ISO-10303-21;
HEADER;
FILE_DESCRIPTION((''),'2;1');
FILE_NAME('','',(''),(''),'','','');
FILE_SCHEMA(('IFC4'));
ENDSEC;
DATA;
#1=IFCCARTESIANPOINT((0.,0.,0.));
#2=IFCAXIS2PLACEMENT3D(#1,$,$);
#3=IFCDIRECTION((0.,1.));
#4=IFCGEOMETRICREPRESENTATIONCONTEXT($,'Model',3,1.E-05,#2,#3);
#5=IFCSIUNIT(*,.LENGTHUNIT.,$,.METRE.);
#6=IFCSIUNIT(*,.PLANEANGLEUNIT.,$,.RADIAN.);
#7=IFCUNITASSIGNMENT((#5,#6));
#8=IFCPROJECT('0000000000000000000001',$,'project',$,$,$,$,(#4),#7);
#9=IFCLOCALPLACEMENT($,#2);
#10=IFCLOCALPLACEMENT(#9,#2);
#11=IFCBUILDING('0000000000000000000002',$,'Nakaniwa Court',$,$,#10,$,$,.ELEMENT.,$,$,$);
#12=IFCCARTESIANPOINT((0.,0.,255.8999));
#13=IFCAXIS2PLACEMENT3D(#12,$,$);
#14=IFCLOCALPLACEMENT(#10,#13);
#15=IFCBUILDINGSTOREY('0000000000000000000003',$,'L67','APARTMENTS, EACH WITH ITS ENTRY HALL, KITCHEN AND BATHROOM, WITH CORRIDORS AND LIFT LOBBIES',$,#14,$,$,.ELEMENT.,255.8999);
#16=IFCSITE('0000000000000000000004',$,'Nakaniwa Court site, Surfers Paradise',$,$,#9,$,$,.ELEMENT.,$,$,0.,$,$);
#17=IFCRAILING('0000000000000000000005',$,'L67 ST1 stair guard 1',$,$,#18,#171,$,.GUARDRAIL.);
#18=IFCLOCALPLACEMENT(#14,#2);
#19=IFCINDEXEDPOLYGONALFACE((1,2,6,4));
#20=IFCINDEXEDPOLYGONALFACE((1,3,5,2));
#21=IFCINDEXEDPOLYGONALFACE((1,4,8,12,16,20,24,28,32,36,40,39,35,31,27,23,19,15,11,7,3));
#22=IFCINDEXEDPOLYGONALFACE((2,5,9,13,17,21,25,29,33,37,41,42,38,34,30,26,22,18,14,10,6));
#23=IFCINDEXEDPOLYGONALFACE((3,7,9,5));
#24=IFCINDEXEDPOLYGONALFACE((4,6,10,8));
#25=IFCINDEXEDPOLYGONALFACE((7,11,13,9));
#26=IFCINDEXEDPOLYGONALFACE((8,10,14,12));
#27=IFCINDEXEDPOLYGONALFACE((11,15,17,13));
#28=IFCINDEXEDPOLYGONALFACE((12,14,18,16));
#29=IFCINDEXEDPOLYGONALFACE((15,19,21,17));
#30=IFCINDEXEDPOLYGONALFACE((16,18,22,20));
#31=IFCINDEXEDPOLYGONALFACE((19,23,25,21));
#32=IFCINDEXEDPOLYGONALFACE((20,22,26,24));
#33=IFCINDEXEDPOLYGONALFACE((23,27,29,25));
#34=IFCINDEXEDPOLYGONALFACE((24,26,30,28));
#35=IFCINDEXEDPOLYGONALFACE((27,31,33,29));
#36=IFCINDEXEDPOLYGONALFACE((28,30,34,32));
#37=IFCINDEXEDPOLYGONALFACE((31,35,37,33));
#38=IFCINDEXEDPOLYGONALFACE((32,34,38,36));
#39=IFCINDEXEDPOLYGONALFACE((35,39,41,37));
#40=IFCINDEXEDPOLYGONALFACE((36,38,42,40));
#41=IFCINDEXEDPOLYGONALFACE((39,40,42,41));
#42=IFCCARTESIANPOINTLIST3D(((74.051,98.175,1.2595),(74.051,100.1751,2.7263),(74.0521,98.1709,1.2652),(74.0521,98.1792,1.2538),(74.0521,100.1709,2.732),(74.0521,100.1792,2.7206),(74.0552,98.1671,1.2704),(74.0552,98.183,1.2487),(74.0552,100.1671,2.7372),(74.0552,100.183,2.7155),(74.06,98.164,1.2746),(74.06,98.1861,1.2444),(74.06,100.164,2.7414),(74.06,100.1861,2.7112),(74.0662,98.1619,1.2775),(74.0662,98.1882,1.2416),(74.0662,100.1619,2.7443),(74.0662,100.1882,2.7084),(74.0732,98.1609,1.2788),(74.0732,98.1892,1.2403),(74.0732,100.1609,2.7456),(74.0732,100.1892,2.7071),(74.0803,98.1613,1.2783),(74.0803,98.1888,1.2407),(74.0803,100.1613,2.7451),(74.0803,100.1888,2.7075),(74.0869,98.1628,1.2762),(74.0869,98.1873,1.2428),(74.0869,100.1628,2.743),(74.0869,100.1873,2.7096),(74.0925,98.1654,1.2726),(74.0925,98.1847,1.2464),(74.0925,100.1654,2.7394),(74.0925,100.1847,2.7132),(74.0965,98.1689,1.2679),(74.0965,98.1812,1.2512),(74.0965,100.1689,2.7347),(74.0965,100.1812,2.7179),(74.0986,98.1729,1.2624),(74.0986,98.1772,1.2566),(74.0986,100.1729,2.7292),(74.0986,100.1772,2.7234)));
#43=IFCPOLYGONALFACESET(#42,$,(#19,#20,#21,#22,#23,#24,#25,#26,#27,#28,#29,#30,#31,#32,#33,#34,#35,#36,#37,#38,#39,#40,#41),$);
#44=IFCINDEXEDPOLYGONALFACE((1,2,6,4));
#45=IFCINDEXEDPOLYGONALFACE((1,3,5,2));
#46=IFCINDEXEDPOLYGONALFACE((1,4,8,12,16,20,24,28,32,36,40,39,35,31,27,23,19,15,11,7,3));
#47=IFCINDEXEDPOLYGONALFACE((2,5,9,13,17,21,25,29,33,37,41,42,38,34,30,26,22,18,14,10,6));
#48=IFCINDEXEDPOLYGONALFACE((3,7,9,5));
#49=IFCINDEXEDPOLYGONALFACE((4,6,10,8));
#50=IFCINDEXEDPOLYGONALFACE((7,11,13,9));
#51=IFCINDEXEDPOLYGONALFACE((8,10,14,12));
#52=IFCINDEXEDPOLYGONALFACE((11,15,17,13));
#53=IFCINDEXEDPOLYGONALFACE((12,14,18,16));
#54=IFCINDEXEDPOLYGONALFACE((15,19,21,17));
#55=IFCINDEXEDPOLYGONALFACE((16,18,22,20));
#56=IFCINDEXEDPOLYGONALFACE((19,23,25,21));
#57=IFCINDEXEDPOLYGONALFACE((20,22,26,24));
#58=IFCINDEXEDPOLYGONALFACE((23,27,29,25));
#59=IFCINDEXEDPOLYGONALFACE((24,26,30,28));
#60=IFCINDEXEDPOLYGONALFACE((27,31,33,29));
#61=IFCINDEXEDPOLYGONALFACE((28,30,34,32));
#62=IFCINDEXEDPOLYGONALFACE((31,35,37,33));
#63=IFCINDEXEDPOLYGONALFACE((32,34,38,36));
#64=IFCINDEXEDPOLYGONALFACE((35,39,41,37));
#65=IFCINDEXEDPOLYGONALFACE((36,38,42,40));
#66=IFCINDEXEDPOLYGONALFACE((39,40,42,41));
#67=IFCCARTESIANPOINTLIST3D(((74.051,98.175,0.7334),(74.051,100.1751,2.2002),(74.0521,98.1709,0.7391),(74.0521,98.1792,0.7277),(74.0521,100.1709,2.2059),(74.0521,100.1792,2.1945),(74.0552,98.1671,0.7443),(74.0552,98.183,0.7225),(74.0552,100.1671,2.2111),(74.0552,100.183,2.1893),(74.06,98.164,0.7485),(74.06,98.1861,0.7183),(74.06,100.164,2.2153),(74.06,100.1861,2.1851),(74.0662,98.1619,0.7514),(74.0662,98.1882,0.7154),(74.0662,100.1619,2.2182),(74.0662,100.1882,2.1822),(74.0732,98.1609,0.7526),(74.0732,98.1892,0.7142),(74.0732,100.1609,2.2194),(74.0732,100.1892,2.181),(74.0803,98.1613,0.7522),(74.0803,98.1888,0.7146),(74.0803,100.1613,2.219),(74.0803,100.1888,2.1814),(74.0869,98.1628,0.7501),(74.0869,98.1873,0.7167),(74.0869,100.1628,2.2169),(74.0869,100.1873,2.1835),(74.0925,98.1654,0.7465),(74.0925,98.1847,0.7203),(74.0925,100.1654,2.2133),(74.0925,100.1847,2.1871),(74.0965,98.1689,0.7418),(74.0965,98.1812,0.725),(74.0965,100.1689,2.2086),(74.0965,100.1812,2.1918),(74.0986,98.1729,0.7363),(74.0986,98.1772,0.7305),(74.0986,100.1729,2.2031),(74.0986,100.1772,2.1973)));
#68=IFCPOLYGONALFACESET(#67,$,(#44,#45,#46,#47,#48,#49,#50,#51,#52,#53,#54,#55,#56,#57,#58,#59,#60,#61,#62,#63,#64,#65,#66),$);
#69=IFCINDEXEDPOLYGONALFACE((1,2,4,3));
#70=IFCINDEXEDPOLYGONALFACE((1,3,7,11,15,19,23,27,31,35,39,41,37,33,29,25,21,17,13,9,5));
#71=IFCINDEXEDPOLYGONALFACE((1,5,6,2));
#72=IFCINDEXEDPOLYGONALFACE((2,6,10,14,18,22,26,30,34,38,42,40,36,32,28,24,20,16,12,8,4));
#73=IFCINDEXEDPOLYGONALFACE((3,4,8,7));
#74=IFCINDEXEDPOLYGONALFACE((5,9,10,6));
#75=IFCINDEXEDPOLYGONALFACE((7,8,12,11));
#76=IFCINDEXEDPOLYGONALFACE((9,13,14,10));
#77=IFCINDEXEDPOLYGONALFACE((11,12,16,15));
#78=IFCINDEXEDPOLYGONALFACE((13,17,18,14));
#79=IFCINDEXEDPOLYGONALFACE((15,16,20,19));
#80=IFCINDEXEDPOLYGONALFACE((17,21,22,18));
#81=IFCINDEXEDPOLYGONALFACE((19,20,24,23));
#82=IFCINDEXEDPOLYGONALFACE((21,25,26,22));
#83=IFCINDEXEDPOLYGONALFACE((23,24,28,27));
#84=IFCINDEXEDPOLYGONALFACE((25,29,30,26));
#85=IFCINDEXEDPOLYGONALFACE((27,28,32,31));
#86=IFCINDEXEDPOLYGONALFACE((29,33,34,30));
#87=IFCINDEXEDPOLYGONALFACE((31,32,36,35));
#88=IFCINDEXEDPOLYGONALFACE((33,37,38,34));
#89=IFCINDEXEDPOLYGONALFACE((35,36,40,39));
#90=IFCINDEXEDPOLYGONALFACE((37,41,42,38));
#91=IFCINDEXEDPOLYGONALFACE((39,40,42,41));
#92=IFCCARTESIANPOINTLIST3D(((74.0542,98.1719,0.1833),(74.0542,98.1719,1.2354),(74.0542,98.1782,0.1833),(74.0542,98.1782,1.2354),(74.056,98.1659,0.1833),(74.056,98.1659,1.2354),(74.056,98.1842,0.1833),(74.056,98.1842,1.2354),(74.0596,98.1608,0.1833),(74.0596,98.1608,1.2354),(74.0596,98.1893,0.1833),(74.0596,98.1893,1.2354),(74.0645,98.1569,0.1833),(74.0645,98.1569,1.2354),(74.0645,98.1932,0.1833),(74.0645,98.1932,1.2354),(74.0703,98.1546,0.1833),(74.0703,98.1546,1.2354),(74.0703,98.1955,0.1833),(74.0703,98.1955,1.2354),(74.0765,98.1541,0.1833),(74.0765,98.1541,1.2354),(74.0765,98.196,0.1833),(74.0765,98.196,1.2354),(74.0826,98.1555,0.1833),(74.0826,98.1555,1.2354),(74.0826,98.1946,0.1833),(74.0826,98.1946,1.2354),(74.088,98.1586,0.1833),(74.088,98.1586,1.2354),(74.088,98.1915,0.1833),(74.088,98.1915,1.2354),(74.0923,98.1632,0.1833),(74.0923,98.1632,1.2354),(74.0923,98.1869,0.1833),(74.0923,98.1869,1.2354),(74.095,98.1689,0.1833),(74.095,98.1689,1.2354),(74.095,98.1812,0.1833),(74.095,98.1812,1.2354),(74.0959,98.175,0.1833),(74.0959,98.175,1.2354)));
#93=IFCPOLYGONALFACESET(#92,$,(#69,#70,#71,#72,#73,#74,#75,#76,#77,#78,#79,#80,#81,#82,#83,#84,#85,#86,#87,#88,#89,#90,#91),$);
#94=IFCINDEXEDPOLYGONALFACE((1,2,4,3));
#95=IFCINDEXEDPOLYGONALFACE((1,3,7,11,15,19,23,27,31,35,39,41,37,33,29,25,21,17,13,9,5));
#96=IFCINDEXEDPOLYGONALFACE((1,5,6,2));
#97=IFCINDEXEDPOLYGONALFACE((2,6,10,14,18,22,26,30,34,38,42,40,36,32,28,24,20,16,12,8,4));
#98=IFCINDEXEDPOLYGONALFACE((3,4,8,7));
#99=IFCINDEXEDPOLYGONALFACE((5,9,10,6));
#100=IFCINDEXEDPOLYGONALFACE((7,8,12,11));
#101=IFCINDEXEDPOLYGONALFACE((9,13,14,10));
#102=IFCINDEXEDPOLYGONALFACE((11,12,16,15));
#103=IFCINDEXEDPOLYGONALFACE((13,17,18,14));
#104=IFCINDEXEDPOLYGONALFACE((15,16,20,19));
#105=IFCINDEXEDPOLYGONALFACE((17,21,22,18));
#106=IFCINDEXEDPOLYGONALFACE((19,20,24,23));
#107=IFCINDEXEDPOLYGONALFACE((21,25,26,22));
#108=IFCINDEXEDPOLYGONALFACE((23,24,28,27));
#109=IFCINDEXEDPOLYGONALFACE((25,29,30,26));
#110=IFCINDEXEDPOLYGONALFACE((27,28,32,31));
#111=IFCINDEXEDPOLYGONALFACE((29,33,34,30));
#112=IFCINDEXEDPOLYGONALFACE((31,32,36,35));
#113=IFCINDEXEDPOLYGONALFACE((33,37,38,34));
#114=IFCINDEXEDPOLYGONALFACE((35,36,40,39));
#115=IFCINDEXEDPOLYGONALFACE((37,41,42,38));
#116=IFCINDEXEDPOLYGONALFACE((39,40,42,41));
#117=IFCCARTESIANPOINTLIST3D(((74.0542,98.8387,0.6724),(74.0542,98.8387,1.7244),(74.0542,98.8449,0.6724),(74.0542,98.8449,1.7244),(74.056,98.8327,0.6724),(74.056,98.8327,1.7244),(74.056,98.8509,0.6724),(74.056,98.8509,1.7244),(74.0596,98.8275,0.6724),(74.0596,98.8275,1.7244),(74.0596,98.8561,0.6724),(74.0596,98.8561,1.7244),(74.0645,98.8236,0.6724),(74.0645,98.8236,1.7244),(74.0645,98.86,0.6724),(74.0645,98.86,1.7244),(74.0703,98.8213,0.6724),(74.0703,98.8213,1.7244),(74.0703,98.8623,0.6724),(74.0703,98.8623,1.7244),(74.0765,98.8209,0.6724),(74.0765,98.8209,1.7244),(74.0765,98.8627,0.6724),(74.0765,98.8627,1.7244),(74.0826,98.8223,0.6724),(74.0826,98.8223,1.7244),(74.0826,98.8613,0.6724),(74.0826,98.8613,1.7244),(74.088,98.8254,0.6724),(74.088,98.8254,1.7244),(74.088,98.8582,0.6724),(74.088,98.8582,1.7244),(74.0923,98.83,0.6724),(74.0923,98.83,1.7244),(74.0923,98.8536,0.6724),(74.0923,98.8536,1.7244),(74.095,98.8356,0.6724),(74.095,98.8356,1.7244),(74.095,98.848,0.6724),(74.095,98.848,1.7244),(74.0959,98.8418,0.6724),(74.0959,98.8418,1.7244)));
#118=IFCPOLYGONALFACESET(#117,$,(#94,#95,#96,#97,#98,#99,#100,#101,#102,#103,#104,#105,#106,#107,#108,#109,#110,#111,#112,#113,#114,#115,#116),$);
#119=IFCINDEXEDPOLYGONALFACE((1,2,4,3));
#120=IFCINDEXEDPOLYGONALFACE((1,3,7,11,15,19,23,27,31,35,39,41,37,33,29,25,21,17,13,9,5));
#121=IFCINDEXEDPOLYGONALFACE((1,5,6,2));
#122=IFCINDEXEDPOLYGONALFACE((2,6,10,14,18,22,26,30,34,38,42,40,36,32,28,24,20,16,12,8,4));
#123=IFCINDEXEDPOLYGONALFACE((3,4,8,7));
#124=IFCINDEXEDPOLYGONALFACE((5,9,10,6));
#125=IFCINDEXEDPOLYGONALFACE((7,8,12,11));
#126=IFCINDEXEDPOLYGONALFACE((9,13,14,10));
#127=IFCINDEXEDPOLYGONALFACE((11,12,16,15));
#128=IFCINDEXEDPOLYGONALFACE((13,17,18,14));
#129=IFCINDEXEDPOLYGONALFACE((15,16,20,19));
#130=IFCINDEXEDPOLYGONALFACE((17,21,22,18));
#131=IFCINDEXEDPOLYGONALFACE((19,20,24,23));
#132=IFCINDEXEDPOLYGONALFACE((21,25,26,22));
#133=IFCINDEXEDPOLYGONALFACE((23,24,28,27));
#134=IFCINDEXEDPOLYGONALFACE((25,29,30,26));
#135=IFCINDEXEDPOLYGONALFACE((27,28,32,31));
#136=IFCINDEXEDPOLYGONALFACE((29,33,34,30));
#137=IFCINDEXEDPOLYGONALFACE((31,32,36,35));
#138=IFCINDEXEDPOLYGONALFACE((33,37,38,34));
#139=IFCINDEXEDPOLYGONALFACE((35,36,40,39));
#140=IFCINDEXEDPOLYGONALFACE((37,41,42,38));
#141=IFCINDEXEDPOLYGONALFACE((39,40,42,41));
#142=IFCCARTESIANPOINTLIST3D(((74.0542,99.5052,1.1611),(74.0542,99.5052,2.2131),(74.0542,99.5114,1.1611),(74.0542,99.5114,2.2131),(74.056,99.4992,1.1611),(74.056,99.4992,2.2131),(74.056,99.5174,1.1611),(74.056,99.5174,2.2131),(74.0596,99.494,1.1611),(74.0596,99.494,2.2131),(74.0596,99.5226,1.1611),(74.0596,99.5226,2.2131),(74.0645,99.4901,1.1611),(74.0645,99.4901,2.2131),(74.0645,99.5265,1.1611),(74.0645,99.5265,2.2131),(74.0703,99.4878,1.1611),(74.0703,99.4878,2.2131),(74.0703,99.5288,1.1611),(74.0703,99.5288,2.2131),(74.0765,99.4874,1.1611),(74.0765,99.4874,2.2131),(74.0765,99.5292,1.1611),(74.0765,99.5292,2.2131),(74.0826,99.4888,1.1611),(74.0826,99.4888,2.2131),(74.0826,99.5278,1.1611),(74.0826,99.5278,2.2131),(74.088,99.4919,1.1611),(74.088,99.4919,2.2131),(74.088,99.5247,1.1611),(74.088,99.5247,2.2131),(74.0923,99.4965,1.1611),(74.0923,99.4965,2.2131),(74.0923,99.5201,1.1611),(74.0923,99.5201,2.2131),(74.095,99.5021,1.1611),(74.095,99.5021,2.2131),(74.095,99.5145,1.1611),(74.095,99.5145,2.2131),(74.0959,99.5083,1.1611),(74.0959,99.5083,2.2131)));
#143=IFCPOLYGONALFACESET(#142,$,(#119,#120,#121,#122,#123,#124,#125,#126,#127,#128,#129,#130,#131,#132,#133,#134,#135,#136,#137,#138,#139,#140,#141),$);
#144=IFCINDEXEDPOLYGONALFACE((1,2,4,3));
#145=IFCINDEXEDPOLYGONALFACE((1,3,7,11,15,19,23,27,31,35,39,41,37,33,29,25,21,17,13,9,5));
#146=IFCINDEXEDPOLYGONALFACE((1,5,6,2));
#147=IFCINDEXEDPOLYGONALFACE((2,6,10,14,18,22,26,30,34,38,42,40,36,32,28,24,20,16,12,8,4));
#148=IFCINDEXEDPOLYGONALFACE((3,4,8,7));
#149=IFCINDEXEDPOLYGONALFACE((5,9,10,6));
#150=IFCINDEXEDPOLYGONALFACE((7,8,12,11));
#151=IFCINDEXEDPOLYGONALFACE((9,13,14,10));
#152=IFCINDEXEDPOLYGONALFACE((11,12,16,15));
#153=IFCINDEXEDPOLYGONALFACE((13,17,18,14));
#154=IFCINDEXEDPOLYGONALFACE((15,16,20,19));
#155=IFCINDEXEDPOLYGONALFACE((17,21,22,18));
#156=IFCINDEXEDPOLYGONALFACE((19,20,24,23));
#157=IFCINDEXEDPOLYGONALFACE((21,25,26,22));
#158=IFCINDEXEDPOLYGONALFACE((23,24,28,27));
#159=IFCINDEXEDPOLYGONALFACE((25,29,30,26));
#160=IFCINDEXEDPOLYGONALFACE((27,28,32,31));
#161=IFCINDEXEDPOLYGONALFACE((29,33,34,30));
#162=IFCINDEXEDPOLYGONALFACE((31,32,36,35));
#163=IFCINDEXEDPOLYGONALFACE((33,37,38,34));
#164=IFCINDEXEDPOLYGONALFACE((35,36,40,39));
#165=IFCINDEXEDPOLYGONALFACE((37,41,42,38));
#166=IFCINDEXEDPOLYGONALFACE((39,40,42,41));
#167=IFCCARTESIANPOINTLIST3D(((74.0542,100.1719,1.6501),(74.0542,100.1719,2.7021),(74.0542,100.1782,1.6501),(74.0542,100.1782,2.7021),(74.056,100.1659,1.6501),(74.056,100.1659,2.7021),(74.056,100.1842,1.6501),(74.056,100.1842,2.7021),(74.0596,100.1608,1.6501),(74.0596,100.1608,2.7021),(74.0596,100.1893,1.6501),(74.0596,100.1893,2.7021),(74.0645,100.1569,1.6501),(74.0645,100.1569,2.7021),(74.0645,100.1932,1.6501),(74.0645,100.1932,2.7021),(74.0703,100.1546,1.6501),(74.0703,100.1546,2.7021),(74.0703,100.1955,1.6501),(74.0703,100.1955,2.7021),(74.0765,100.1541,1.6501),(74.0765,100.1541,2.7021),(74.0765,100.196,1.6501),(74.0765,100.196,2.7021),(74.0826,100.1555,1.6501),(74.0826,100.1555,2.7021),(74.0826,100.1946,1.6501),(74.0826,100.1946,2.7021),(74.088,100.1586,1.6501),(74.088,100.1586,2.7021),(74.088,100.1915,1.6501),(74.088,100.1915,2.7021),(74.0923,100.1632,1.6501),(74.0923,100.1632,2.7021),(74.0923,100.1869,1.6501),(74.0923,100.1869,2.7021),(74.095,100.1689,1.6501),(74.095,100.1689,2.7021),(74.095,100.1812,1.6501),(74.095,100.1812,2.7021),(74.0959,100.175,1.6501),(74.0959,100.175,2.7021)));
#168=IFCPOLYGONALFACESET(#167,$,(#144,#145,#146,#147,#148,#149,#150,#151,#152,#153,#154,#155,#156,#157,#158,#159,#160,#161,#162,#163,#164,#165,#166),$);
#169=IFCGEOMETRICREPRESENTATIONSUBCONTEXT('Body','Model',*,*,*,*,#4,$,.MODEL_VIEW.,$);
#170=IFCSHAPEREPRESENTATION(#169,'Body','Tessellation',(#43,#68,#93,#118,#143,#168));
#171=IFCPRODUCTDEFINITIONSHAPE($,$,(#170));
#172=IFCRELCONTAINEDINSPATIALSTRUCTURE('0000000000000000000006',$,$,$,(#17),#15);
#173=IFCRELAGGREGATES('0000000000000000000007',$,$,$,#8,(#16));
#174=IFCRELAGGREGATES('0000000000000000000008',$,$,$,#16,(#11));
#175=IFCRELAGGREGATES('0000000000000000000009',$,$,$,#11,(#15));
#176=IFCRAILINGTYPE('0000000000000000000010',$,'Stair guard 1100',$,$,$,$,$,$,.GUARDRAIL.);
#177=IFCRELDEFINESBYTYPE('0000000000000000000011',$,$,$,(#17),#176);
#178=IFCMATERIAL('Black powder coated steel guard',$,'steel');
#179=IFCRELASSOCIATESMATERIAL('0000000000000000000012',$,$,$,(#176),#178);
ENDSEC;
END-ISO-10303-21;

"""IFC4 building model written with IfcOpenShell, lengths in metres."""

from ifc_helpers import new_model, si_unit, direction, frame, origin, origin_2d, place, context, subcontext, project, spatial, circle, extrude, material, type_object, element, save


model = new_model("IFC4")

# Units and contexts
model_context = context("Model", 3, precision=1e-05, world=origin(), true_north=direction((0.0, 1.0)))
body_context = subcontext(model_context, "Body", "Model", "MODEL_VIEW")
ifc_project = project(units=[si_unit("LENGTHUNIT", "METRE"), si_unit("PLANEANGLEUNIT", "RADIAN")], contexts=[model_context])

# Site, building, storey
site_placement = place(None, origin())
site = spatial("IfcSite", under=ifc_project, at=site_placement, Name="Nakaniwa Court site, Surfers Paradise", CompositionType="ELEMENT", RefElevation=0.0)
building_placement = place(site_placement, origin())
building = spatial("IfcBuilding", under=site, at=building_placement, Name="Nakaniwa Court", CompositionType="ELEMENT")
storey_placement = place(building_placement, frame((0.0, 0.0, 255.8999)))
storey = spatial("IfcBuildingStorey", under=building, at=storey_placement, Name="L67", Description="APARTMENTS, EACH WITH ITS ENTRY HALL, KITCHEN AND BATHROOM, WITH CORRIDORS AND LIFT LOBBIES", CompositionType="ELEMENT", Elevation=255.8999)

# Railing
ifc_material_1 = material(Name="Black powder coated steel guard", Category="steel")
railing_type_1 = type_object("IfcRailingType", Name="Stair guard 1100", PredefinedType="GUARDRAIL", material=ifc_material_1)
railing_1_placement = place(storey_placement, frame((74.075, 98.175, 0.1833)))
element("IfcRailing", 1, at=railing_1_placement, inside=storey, type_object=railing_type_1, Name="L67 ST1 stair guard 1", PredefinedType="GUARDRAIL", context=body_context, shape_type="SweptSolid", body=[
    extrude(circle(Radius=0.0239, at=origin_2d()), frame((0.0, 0.0, 1.0762), z_axis=(0.0, 0.80638, 0.591398), x_axis=(-1.0, 0.0, 0.0)), (0.0, 0.0, 1.0), 2.4802),
    extrude(circle(Radius=0.0239, at=origin_2d()), frame((0.0, 0.0, 0.55), z_axis=(0.0, 0.80638, 0.591398), x_axis=(-1.0, 0.0, 0.0)), (0.0, 0.0, 1.0), 2.4802),
    extrude(circle(Radius=0.021, at=origin_2d()), origin(), (0.0, 0.0, 1.0), 1.052),
    extrude(circle(Radius=0.021, at=origin_2d()), frame((0.0, 0.6667, 0.489)), (0.0, 0.0, 1.0), 1.052),
    extrude(circle(Radius=0.021, at=origin_2d()), frame((0.0, 1.3333, 0.9778)), (0.0, 0.0, 1.0), 1.052),
    extrude(circle(Radius=0.021, at=origin_2d()), frame((0.0, 2.0, 1.4668)), (0.0, 0.0, 1.0), 1.052),
])

save(model, "model.ifc")
